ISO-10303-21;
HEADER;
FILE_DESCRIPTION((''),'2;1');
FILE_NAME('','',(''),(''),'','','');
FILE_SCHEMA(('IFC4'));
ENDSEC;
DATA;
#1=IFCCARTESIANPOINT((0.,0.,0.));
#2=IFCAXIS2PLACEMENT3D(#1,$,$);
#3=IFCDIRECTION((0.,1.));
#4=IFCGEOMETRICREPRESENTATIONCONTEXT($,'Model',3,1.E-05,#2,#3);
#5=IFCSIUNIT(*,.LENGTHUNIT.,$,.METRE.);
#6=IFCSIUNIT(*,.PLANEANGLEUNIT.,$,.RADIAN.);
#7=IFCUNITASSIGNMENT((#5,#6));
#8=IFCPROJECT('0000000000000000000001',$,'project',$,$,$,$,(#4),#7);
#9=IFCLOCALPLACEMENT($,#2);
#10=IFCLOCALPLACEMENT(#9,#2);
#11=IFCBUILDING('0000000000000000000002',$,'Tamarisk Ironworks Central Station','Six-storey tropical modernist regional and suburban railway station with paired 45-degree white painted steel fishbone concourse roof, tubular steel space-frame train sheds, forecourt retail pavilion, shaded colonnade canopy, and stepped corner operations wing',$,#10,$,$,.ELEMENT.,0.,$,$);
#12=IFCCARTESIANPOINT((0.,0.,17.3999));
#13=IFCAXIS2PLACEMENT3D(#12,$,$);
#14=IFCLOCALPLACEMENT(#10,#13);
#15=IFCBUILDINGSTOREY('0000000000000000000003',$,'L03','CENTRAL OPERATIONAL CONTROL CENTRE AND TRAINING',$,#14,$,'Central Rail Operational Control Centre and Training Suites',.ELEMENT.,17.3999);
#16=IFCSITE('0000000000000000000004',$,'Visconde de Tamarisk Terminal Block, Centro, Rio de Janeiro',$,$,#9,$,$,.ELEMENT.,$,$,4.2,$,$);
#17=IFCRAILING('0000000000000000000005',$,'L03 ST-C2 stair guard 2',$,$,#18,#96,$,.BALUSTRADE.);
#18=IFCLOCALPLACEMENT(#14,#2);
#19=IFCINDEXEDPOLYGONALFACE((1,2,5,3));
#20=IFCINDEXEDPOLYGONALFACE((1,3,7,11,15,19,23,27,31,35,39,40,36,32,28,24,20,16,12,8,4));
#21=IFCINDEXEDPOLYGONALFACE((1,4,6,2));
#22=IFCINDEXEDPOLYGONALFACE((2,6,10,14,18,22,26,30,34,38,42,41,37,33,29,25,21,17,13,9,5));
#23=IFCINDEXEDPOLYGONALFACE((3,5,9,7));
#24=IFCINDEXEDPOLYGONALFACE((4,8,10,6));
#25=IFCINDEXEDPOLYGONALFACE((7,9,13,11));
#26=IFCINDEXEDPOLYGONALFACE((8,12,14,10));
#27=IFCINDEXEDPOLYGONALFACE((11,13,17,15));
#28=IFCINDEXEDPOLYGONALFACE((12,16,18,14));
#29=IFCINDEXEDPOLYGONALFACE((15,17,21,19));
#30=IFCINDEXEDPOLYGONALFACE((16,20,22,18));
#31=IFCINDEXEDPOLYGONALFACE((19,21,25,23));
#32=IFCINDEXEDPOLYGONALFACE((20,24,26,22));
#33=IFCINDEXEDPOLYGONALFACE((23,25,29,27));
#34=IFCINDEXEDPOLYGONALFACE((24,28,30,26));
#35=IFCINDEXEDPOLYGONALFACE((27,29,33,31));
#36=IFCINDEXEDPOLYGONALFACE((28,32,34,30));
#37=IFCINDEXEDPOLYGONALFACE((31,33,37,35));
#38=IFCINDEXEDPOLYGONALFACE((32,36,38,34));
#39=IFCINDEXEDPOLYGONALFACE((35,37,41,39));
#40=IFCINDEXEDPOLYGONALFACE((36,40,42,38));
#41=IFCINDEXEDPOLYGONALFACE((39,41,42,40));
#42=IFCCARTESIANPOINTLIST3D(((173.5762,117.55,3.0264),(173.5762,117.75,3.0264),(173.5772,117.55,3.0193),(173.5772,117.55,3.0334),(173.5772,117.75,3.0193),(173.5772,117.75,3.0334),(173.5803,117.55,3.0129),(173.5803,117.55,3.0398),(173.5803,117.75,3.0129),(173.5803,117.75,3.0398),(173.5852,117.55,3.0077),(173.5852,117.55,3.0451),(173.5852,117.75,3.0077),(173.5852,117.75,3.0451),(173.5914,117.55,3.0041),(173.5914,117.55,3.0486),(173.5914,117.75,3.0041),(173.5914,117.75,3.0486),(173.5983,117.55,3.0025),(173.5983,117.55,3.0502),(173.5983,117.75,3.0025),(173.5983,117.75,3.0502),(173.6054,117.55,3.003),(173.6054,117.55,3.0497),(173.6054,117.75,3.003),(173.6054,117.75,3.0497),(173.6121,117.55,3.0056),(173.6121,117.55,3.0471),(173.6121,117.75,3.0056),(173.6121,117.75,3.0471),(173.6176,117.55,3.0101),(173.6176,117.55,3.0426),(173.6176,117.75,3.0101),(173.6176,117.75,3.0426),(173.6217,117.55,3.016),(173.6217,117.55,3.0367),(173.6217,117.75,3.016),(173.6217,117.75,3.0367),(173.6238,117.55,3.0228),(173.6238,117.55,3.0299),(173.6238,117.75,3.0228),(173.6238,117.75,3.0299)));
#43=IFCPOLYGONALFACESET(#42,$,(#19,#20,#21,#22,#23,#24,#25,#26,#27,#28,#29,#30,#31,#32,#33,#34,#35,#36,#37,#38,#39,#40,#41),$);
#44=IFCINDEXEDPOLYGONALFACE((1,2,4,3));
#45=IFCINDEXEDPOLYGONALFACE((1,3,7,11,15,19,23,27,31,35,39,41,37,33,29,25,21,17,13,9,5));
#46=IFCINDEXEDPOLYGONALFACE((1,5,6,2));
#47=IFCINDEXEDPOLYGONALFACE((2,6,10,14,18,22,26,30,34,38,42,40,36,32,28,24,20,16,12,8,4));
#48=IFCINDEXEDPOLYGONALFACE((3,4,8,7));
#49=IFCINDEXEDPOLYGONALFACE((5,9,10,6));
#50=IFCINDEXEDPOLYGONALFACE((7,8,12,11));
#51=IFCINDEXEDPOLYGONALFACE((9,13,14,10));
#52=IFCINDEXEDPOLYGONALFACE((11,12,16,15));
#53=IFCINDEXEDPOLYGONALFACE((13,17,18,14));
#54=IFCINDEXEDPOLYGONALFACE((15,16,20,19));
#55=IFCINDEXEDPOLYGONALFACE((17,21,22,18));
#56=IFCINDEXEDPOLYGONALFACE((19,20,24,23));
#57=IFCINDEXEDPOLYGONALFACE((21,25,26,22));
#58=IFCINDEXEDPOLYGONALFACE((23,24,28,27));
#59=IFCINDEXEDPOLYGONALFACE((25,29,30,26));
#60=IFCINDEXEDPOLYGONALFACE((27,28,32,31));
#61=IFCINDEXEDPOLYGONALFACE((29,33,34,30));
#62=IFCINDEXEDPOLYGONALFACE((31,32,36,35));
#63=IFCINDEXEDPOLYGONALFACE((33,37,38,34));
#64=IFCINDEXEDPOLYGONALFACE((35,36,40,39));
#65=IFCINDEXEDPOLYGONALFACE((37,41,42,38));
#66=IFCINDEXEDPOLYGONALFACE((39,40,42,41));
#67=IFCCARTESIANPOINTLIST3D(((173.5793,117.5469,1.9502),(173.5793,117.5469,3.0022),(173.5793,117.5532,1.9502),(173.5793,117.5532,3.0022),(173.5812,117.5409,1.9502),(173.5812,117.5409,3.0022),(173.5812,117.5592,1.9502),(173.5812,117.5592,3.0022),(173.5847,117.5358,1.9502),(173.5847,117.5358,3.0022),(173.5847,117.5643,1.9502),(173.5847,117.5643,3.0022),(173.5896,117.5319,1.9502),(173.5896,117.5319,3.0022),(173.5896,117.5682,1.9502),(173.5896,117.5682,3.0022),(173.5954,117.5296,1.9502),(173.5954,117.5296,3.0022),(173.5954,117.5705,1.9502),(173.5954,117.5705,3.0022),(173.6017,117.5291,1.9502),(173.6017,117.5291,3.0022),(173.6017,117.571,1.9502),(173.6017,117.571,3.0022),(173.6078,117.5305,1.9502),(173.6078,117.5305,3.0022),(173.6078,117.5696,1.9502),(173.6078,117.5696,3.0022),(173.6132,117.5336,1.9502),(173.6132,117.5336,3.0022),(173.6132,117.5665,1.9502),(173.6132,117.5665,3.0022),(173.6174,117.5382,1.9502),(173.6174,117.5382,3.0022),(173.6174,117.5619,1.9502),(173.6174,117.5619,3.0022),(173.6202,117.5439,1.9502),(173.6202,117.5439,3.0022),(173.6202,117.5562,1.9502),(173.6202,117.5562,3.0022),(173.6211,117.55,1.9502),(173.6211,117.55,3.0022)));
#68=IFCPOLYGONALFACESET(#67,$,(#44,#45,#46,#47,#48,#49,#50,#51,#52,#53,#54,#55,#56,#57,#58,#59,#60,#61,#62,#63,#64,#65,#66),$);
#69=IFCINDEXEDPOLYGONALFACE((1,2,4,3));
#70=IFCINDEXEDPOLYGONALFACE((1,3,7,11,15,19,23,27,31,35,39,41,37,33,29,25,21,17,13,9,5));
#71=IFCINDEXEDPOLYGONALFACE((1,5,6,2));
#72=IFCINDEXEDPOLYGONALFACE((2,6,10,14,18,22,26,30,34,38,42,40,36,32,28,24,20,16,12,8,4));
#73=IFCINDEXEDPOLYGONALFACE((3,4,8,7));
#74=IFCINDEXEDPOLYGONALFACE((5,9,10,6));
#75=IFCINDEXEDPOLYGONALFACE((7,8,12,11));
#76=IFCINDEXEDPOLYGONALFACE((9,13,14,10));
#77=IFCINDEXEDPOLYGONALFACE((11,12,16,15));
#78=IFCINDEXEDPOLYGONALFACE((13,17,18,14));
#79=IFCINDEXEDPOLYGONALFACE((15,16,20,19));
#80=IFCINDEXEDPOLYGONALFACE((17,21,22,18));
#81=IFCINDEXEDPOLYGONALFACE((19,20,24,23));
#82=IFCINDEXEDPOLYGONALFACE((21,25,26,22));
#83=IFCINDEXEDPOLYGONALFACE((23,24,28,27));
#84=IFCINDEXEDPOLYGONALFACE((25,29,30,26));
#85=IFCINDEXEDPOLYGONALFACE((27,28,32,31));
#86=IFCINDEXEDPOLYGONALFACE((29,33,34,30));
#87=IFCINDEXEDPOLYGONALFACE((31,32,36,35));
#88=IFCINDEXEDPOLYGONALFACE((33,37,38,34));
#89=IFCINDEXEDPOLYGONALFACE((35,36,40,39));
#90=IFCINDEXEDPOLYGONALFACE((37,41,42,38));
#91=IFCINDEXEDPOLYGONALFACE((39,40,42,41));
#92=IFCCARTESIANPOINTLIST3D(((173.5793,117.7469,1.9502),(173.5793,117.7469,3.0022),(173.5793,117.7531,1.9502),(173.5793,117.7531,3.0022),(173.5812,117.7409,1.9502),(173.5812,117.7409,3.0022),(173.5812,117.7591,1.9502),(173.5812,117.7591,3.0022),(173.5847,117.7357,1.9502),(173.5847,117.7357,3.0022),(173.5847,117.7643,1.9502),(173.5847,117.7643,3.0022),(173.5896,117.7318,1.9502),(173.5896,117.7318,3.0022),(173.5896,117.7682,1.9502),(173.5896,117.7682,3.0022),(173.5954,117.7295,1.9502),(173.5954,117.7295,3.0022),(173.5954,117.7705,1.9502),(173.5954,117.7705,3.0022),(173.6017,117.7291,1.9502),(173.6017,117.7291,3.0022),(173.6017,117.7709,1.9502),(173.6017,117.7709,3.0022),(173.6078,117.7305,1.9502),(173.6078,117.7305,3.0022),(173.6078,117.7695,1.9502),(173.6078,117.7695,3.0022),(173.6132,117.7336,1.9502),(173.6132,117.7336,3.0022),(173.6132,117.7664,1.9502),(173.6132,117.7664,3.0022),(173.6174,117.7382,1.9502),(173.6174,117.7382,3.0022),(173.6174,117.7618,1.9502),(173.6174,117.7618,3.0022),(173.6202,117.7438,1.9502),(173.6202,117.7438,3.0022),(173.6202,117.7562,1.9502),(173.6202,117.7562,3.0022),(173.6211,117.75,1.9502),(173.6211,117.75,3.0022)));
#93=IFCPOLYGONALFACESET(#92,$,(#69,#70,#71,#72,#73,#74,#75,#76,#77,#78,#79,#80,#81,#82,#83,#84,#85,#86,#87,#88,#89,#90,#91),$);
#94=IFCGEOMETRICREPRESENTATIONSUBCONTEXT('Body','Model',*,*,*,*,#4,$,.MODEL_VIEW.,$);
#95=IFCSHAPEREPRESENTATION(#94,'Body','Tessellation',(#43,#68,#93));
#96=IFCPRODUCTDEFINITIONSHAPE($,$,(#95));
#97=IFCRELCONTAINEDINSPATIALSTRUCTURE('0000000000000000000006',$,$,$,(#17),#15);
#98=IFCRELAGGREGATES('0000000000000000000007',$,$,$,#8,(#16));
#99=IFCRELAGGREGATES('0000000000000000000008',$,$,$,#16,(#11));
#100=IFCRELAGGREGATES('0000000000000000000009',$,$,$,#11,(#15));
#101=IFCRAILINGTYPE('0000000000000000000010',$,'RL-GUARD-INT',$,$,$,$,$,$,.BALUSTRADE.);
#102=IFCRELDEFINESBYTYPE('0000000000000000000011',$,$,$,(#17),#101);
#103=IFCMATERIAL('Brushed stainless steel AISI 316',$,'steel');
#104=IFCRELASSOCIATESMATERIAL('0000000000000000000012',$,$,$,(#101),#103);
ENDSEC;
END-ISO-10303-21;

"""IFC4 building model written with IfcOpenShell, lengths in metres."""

from ifc_helpers import new_model, si_unit, direction, frame, origin, origin_2d, place, context, subcontext, project, spatial, circle, extrude, material, type_object, element, save


model = new_model("IFC4")

# Units and contexts
model_context = context("Model", 3, precision=1e-05, world=origin(), true_north=direction((0.0, 1.0)))
body_context = subcontext(model_context, "Body", "Model", "MODEL_VIEW")
ifc_project = project(units=[si_unit("LENGTHUNIT", "METRE"), si_unit("PLANEANGLEUNIT", "RADIAN")], contexts=[model_context])

# Site, building, storey
site_placement = place(None, origin())
site = spatial("IfcSite", under=ifc_project, at=site_placement, Name="Visconde de Tamarisk Terminal Block, Centro, Rio de Janeiro", CompositionType="ELEMENT", RefElevation=4.2)
building_placement = place(site_placement, origin())
building = spatial("IfcBuilding", under=site, at=building_placement, Name="Tamarisk Ironworks Central Station", Description="Six-storey tropical modernist regional and suburban railway station with paired 45-degree white painted steel fishbone concourse roof, tubular steel space-frame train sheds, forecourt retail pavilion, shaded colonnade canopy, and stepped corner operations wing", CompositionType="ELEMENT", ElevationOfRefHeight=0.0)
storey_placement = place(building_placement, frame((0.0, 0.0, 17.3999)))
storey = spatial("IfcBuildingStorey", under=building, at=storey_placement, Name="L03", Description="CENTRAL OPERATIONAL CONTROL CENTRE AND TRAINING", LongName="Central Rail Operational Control Centre and Training Suites", CompositionType="ELEMENT", Elevation=17.3999)

# Railing
ifc_material_1 = material(Name="Brushed stainless steel AISI 316", Category="steel")
railing_type_1 = type_object("IfcRailingType", Name="RL-GUARD-INT", PredefinedType="BALUSTRADE", material=ifc_material_1)
railing_1_placement = place(storey_placement, frame((173.6001, 117.55, 1.9502)))
element("IfcRailing", 1, at=railing_1_placement, inside=storey, type_object=railing_type_1, Name="L03 ST-C2 stair guard 2", PredefinedType="BALUSTRADE", context=body_context, shape_type="SweptSolid", body=[
    extrude(circle(Radius=0.0239, at=origin_2d()), frame((0.0, 0.0, 1.0762), z_axis=(0.0, 1.0, 0.0), x_axis=(-1.0, 0.0, 0.0)), (0.0, 0.0, 1.0), 0.2),
    extrude(circle(Radius=0.021, at=origin_2d()), origin(), (0.0, 0.0, 1.0), 1.052),
    extrude(circle(Radius=0.021, at=origin_2d()), frame((0.0, 0.2, 0.0)), (0.0, 0.0, 1.0), 1.052),
])

save(model, "model.ifc")
